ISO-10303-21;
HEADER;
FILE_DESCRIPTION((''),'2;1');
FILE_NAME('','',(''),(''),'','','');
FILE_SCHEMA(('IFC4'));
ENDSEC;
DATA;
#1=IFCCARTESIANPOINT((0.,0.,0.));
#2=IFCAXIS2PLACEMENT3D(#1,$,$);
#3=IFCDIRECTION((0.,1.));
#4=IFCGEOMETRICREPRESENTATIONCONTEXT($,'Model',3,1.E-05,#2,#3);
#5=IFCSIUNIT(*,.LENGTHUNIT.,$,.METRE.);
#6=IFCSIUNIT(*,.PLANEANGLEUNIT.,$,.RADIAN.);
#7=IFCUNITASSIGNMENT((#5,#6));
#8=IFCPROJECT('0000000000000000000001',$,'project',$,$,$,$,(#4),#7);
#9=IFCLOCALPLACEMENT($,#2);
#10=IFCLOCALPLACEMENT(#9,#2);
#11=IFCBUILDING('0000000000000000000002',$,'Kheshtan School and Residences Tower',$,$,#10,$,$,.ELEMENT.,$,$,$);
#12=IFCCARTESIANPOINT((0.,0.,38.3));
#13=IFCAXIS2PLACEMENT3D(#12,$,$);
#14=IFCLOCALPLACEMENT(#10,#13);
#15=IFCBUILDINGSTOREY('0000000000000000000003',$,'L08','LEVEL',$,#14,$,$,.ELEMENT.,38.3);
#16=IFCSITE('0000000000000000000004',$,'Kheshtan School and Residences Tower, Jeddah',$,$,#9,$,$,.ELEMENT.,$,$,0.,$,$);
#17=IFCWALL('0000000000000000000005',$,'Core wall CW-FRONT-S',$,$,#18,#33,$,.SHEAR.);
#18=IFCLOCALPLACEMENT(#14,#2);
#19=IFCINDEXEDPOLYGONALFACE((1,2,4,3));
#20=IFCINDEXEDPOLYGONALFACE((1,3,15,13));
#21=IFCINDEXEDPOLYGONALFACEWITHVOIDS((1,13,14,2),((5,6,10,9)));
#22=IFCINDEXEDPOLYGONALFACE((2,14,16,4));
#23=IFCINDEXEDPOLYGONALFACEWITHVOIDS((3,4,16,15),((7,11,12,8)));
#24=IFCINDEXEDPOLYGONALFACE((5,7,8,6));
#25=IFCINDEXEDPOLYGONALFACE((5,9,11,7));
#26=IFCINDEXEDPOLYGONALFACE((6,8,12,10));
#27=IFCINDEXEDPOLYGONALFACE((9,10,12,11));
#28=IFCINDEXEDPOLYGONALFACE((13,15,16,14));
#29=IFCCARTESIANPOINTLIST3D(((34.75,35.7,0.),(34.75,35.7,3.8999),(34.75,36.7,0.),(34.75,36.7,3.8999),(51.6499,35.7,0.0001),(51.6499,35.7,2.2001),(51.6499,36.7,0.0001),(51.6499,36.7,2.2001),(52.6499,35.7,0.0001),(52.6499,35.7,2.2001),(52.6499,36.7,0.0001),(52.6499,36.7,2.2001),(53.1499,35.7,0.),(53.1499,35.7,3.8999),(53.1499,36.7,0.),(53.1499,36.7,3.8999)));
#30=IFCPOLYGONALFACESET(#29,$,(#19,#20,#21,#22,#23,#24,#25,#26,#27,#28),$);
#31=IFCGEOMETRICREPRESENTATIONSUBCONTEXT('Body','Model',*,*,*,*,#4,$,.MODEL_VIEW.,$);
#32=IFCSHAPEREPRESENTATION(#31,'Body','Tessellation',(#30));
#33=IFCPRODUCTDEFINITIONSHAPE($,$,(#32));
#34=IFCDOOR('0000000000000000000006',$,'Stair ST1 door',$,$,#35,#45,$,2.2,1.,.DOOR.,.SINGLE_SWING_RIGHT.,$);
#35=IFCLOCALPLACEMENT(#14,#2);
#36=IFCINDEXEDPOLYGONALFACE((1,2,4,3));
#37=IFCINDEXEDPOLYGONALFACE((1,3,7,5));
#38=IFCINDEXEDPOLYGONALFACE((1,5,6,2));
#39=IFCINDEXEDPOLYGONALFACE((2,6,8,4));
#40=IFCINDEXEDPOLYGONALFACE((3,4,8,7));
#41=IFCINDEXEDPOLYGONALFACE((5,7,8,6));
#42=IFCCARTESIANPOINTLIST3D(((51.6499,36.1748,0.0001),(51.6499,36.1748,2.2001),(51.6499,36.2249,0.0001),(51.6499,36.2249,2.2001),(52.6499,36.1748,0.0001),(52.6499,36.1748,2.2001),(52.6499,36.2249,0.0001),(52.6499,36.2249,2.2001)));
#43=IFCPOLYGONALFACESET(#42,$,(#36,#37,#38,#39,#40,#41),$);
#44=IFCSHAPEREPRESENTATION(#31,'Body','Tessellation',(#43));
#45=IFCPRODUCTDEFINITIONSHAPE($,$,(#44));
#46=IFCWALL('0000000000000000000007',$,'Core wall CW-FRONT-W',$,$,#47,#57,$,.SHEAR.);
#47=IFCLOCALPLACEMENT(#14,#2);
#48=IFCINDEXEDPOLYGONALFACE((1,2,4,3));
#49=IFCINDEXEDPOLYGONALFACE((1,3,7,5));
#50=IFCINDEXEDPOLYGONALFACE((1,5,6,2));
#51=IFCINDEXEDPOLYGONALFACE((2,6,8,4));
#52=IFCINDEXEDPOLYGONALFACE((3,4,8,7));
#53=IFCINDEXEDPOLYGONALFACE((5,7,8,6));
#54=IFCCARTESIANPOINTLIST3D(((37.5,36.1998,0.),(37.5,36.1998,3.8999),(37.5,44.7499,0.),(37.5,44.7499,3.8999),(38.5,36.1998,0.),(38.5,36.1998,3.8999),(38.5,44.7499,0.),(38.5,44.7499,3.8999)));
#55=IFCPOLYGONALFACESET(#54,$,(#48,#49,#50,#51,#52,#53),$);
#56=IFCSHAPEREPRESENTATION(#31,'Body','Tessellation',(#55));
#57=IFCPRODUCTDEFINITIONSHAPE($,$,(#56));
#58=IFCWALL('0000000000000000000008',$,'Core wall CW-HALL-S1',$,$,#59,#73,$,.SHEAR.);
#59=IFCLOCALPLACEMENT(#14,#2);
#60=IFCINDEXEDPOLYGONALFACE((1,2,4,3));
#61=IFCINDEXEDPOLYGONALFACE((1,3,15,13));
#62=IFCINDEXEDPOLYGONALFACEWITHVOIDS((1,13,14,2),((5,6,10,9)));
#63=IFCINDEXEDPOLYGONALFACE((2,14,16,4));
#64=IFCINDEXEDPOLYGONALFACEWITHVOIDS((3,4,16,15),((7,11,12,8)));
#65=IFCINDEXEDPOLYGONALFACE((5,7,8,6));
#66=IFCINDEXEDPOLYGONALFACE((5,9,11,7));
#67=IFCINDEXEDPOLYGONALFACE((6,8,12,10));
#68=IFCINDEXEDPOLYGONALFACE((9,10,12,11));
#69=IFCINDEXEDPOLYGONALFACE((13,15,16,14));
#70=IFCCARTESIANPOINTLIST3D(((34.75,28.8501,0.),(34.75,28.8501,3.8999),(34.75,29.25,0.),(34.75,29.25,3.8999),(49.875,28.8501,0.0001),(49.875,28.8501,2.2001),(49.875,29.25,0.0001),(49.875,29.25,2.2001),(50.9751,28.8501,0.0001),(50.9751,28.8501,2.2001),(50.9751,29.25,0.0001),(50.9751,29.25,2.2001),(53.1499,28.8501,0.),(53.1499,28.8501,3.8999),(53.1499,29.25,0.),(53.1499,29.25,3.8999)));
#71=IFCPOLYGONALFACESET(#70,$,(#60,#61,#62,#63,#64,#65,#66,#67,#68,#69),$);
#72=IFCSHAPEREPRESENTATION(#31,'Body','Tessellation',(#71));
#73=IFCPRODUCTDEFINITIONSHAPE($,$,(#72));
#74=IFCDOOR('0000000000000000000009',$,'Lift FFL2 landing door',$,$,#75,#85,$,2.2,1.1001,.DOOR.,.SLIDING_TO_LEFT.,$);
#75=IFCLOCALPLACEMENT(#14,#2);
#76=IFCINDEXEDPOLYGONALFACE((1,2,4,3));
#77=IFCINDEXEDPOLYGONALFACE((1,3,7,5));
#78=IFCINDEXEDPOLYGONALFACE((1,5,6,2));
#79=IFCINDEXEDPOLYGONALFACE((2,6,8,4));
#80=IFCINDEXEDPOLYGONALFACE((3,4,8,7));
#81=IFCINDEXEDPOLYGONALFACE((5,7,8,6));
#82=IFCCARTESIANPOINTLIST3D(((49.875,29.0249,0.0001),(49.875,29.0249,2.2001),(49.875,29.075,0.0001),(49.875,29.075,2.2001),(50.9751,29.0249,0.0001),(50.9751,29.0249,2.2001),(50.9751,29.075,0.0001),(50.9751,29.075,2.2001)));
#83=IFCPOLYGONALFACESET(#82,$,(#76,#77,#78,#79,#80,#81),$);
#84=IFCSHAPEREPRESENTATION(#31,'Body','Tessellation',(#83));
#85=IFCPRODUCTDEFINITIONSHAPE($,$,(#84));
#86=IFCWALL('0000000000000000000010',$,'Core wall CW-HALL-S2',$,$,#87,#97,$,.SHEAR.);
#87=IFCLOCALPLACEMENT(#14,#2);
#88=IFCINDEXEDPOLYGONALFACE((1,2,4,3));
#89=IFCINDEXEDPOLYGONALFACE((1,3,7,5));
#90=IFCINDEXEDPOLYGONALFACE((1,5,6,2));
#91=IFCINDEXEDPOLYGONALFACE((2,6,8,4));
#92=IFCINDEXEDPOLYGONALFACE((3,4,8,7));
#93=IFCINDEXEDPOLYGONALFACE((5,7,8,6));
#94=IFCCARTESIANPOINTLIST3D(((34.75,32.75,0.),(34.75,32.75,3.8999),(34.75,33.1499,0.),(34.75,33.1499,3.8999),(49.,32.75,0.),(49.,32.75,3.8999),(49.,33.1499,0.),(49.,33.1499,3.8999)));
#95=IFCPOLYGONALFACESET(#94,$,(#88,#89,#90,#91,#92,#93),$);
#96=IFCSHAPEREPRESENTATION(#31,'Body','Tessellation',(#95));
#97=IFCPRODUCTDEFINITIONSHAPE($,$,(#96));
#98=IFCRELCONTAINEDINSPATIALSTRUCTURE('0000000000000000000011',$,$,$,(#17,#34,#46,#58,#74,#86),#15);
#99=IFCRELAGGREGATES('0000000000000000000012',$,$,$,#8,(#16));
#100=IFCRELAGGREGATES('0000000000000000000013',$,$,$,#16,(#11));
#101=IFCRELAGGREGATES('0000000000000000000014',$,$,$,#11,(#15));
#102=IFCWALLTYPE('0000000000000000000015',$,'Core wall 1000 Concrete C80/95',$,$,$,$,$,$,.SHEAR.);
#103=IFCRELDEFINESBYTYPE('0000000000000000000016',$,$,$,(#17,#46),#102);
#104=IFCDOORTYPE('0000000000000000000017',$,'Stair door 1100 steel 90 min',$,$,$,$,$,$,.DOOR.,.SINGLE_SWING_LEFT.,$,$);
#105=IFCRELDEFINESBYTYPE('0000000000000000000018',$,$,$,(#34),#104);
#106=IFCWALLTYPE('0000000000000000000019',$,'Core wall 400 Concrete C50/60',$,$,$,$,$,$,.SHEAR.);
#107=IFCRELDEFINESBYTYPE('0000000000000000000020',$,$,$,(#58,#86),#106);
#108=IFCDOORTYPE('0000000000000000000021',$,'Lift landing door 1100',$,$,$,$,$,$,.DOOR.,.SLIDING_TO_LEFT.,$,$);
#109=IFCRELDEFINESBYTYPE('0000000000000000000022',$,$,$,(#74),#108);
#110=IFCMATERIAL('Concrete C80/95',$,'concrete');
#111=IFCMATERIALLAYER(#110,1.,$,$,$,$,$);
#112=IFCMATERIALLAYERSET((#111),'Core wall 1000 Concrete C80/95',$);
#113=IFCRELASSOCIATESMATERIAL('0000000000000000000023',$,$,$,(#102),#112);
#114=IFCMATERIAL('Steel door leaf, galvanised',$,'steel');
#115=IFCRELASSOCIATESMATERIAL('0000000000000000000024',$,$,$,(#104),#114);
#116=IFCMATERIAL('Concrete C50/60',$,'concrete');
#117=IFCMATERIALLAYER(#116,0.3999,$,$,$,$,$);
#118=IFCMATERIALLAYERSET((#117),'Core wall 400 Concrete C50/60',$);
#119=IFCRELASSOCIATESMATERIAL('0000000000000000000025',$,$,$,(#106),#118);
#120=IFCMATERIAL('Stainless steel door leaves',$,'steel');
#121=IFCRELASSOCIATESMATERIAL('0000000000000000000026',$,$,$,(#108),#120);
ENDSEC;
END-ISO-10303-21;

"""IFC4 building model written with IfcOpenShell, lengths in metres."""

from ifc_helpers import new_model, si_unit, direction, frame, frame_2d, origin, place, context, subcontext, project, spatial, rectangle, extrude, source, transform, mapped, material, layer, layer_set, type_object, element, fill, save


model = new_model("IFC4")

# Units and contexts
model_context = context("Model", 3, precision=1e-05, world=origin(), true_north=direction((0.0, 1.0)))
body_context = subcontext(model_context, "Body", "Model", "MODEL_VIEW")
ifc_project = project(units=[si_unit("LENGTHUNIT", "METRE"), si_unit("PLANEANGLEUNIT", "RADIAN")], contexts=[model_context])

# Site, building, storey
site_placement = place(None, origin())
site = spatial("IfcSite", under=ifc_project, at=site_placement, Name="Kheshtan School and Residences Tower, Jeddah", CompositionType="ELEMENT", RefElevation=0.0)
building_placement = place(site_placement, origin())
building = spatial("IfcBuilding", under=site, at=building_placement, Name="Kheshtan School and Residences Tower", CompositionType="ELEMENT")
storey_placement = place(building_placement, frame((0.0, 0.0, 38.3)))
storey = spatial("IfcBuildingStorey", under=building, at=storey_placement, Name="L08", Description="LEVEL", CompositionType="ELEMENT", Elevation=38.3)

# Shared definitions
ifc_material_1 = material(Name="Concrete C80/95", Category="concrete")
ifc_layer_1 = layer(ifc_material_1, 1.0)
ifc_layer_set_1 = layer_set([ifc_layer_1], Name="Core wall 1000 Concrete C80/95")
wall_type_1 = type_object("IfcWallType", Name="Core wall 1000 Concrete C80/95", PredefinedType="SHEAR", material=ifc_layer_set_1)

# Wall, opening, door
wall_1_placement = place(storey_placement, frame((34.75, 36.2, 0.0), z_axis=(0.0, 0.0, 1.0), x_axis=(1.0, 0.0, 0.0)))
wall_1 = element("IfcWall", 1, at=wall_1_placement, inside=storey, type_object=wall_type_1, Name="Core wall CW-FRONT-S", PredefinedType="SHEAR", context=body_context, shape_type="SweptSolid", body=[
    extrude(rectangle(XDim=18.3999, YDim=1.0, at=frame_2d((9.2, 0.0))), origin(), (0.0, 0.0, 1.0), 3.8999),
])
opening_1_placement = place(wall_1_placement, frame((16.8999, 0.0, 0.0)))
opening_1 = element("IfcOpeningElement", 2, at=opening_1_placement, cuts=wall_1, PredefinedType="OPENING", context=body_context, shape_type="SweptSolid", body=[
    extrude(rectangle(XDim=1.0, YDim=2.2, at=frame_2d((0.5, 1.1001))), frame((0.0, 0.51, 0.0), z_axis=(0.0, -1.0, 0.0), x_axis=(1.0, 0.0, 0.0)), (0.0, 0.0, 1.0), 1.02),
])
ifc_material_2 = material(Name="Steel door leaf, galvanised", Category="steel")
door_type_1 = type_object("IfcDoorType", Name="Stair door 1100 steel 90 min", OperationType="SINGLE_SWING_LEFT", PredefinedType="DOOR", material=ifc_material_2)
shared_shape_1 = source(origin(), body_context, "Body", "SweptSolid", [
    extrude(rectangle(XDim=1.0, YDim=2.2, at=frame_2d((0.5, 1.1001))), frame((0.0, 0.0249, 0.0), z_axis=(0.0, -1.0, 0.0), x_axis=(1.0, 0.0, 0.0)), (0.0, 0.0, 1.0), 0.05),
])
door_1_placement = place(opening_1_placement, origin())
door_1 = element("IfcDoor", 3, at=door_1_placement, inside=storey, type_object=door_type_1, Name="Stair ST1 door", OperationType="SINGLE_SWING_RIGHT", OverallHeight=2.2, OverallWidth=1.0, PredefinedType="DOOR", context=body_context, shape_type="MappedRepresentation", body=[
    mapped(shared_shape_1, transform((0.0, 0.0, 0.0), x_axis=(1.0, 0.0, 0.0), y_axis=(0.0, 1.0, 0.0), z_axis=(0.0, 0.0, 1.0), scale=1.0)),
])
fill(opening_1, door_1)

# Wall
wall_2_placement = place(storey_placement, frame((38.0, 36.2, 0.0), z_axis=(0.0, 0.0, 1.0), x_axis=(0.0, 1.0, 0.0)))
element("IfcWall", 4, at=wall_2_placement, inside=storey, type_object=wall_type_1, Name="Core wall CW-FRONT-W", PredefinedType="SHEAR", context=body_context, shape_type="SweptSolid", body=[
    extrude(rectangle(XDim=8.55, YDim=1.0, at=frame_2d((4.2749, 0.0))), origin(), (0.0, 0.0, 1.0), 3.8999),
])

# Wall, opening, door
ifc_material_3 = material(Name="Concrete C50/60", Category="concrete")
ifc_layer_2 = layer(ifc_material_3, 0.3999)
ifc_layer_set_2 = layer_set([ifc_layer_2], Name="Core wall 400 Concrete C50/60")
wall_type_2 = type_object("IfcWallType", Name="Core wall 400 Concrete C50/60", PredefinedType="SHEAR", material=ifc_layer_set_2)
wall_3_placement = place(storey_placement, frame((34.75, 29.05, 0.0), z_axis=(0.0, 0.0, 1.0), x_axis=(1.0, 0.0, 0.0)))
wall_3 = element("IfcWall", 5, at=wall_3_placement, inside=storey, type_object=wall_type_2, Name="Core wall CW-HALL-S1", PredefinedType="SHEAR", context=body_context, shape_type="SweptSolid", body=[
    extrude(rectangle(XDim=18.3999, YDim=0.3999, at=frame_2d((9.2, 0.0))), origin(), (0.0, 0.0, 1.0), 3.8999),
])
opening_2_placement = place(wall_3_placement, frame((15.125, 0.0, 0.0)))
opening_2 = element("IfcOpeningElement", 6, at=opening_2_placement, cuts=wall_3, PredefinedType="OPENING", context=body_context, shape_type="SweptSolid", body=[
    extrude(rectangle(XDim=1.1001, YDim=2.2, at=frame_2d((0.55, 1.1001))), frame((0.0, 0.21, 0.0), z_axis=(0.0, -1.0, 0.0), x_axis=(1.0, 0.0, 0.0)), (0.0, 0.0, 1.0), 0.4199),
])
ifc_material_4 = material(Name="Stainless steel door leaves", Category="steel")
door_type_2 = type_object("IfcDoorType", Name="Lift landing door 1100", OperationType="SLIDING_TO_LEFT", PredefinedType="DOOR", material=ifc_material_4)
shared_shape_2 = source(origin(), body_context, "Body", "SweptSolid", [
    extrude(rectangle(XDim=1.1001, YDim=2.2, at=frame_2d((0.55, 1.1001))), frame((0.0, 0.0249, 0.0), z_axis=(0.0, -1.0, 0.0), x_axis=(1.0, 0.0, 0.0)), (0.0, 0.0, 1.0), 0.05),
])
door_2_placement = place(opening_2_placement, origin())
door_2 = element("IfcDoor", 7, at=door_2_placement, inside=storey, type_object=door_type_2, Name="Lift FFL2 landing door", OperationType="SLIDING_TO_LEFT", OverallHeight=2.2, OverallWidth=1.1001, PredefinedType="DOOR", context=body_context, shape_type="MappedRepresentation", body=[
    mapped(shared_shape_2, transform((0.0, 0.0, 0.0), x_axis=(1.0, 0.0, 0.0), y_axis=(0.0, 1.0, 0.0), z_axis=(0.0, 0.0, 1.0), scale=1.0)),
])
fill(opening_2, door_2)

# Wall
wall_4_placement = place(storey_placement, frame((34.75, 32.95, 0.0), z_axis=(0.0, 0.0, 1.0), x_axis=(1.0, 0.0, 0.0)))
element("IfcWall", 8, at=wall_4_placement, inside=storey, type_object=wall_type_2, Name="Core wall CW-HALL-S2", PredefinedType="SHEAR", context=body_context, shape_type="SweptSolid", body=[
    extrude(rectangle(XDim=14.25, YDim=0.3999, at=frame_2d((7.125, 0.0))), origin(), (0.0, 0.0, 1.0), 3.8999),
])

save(model, "model.ifc")
